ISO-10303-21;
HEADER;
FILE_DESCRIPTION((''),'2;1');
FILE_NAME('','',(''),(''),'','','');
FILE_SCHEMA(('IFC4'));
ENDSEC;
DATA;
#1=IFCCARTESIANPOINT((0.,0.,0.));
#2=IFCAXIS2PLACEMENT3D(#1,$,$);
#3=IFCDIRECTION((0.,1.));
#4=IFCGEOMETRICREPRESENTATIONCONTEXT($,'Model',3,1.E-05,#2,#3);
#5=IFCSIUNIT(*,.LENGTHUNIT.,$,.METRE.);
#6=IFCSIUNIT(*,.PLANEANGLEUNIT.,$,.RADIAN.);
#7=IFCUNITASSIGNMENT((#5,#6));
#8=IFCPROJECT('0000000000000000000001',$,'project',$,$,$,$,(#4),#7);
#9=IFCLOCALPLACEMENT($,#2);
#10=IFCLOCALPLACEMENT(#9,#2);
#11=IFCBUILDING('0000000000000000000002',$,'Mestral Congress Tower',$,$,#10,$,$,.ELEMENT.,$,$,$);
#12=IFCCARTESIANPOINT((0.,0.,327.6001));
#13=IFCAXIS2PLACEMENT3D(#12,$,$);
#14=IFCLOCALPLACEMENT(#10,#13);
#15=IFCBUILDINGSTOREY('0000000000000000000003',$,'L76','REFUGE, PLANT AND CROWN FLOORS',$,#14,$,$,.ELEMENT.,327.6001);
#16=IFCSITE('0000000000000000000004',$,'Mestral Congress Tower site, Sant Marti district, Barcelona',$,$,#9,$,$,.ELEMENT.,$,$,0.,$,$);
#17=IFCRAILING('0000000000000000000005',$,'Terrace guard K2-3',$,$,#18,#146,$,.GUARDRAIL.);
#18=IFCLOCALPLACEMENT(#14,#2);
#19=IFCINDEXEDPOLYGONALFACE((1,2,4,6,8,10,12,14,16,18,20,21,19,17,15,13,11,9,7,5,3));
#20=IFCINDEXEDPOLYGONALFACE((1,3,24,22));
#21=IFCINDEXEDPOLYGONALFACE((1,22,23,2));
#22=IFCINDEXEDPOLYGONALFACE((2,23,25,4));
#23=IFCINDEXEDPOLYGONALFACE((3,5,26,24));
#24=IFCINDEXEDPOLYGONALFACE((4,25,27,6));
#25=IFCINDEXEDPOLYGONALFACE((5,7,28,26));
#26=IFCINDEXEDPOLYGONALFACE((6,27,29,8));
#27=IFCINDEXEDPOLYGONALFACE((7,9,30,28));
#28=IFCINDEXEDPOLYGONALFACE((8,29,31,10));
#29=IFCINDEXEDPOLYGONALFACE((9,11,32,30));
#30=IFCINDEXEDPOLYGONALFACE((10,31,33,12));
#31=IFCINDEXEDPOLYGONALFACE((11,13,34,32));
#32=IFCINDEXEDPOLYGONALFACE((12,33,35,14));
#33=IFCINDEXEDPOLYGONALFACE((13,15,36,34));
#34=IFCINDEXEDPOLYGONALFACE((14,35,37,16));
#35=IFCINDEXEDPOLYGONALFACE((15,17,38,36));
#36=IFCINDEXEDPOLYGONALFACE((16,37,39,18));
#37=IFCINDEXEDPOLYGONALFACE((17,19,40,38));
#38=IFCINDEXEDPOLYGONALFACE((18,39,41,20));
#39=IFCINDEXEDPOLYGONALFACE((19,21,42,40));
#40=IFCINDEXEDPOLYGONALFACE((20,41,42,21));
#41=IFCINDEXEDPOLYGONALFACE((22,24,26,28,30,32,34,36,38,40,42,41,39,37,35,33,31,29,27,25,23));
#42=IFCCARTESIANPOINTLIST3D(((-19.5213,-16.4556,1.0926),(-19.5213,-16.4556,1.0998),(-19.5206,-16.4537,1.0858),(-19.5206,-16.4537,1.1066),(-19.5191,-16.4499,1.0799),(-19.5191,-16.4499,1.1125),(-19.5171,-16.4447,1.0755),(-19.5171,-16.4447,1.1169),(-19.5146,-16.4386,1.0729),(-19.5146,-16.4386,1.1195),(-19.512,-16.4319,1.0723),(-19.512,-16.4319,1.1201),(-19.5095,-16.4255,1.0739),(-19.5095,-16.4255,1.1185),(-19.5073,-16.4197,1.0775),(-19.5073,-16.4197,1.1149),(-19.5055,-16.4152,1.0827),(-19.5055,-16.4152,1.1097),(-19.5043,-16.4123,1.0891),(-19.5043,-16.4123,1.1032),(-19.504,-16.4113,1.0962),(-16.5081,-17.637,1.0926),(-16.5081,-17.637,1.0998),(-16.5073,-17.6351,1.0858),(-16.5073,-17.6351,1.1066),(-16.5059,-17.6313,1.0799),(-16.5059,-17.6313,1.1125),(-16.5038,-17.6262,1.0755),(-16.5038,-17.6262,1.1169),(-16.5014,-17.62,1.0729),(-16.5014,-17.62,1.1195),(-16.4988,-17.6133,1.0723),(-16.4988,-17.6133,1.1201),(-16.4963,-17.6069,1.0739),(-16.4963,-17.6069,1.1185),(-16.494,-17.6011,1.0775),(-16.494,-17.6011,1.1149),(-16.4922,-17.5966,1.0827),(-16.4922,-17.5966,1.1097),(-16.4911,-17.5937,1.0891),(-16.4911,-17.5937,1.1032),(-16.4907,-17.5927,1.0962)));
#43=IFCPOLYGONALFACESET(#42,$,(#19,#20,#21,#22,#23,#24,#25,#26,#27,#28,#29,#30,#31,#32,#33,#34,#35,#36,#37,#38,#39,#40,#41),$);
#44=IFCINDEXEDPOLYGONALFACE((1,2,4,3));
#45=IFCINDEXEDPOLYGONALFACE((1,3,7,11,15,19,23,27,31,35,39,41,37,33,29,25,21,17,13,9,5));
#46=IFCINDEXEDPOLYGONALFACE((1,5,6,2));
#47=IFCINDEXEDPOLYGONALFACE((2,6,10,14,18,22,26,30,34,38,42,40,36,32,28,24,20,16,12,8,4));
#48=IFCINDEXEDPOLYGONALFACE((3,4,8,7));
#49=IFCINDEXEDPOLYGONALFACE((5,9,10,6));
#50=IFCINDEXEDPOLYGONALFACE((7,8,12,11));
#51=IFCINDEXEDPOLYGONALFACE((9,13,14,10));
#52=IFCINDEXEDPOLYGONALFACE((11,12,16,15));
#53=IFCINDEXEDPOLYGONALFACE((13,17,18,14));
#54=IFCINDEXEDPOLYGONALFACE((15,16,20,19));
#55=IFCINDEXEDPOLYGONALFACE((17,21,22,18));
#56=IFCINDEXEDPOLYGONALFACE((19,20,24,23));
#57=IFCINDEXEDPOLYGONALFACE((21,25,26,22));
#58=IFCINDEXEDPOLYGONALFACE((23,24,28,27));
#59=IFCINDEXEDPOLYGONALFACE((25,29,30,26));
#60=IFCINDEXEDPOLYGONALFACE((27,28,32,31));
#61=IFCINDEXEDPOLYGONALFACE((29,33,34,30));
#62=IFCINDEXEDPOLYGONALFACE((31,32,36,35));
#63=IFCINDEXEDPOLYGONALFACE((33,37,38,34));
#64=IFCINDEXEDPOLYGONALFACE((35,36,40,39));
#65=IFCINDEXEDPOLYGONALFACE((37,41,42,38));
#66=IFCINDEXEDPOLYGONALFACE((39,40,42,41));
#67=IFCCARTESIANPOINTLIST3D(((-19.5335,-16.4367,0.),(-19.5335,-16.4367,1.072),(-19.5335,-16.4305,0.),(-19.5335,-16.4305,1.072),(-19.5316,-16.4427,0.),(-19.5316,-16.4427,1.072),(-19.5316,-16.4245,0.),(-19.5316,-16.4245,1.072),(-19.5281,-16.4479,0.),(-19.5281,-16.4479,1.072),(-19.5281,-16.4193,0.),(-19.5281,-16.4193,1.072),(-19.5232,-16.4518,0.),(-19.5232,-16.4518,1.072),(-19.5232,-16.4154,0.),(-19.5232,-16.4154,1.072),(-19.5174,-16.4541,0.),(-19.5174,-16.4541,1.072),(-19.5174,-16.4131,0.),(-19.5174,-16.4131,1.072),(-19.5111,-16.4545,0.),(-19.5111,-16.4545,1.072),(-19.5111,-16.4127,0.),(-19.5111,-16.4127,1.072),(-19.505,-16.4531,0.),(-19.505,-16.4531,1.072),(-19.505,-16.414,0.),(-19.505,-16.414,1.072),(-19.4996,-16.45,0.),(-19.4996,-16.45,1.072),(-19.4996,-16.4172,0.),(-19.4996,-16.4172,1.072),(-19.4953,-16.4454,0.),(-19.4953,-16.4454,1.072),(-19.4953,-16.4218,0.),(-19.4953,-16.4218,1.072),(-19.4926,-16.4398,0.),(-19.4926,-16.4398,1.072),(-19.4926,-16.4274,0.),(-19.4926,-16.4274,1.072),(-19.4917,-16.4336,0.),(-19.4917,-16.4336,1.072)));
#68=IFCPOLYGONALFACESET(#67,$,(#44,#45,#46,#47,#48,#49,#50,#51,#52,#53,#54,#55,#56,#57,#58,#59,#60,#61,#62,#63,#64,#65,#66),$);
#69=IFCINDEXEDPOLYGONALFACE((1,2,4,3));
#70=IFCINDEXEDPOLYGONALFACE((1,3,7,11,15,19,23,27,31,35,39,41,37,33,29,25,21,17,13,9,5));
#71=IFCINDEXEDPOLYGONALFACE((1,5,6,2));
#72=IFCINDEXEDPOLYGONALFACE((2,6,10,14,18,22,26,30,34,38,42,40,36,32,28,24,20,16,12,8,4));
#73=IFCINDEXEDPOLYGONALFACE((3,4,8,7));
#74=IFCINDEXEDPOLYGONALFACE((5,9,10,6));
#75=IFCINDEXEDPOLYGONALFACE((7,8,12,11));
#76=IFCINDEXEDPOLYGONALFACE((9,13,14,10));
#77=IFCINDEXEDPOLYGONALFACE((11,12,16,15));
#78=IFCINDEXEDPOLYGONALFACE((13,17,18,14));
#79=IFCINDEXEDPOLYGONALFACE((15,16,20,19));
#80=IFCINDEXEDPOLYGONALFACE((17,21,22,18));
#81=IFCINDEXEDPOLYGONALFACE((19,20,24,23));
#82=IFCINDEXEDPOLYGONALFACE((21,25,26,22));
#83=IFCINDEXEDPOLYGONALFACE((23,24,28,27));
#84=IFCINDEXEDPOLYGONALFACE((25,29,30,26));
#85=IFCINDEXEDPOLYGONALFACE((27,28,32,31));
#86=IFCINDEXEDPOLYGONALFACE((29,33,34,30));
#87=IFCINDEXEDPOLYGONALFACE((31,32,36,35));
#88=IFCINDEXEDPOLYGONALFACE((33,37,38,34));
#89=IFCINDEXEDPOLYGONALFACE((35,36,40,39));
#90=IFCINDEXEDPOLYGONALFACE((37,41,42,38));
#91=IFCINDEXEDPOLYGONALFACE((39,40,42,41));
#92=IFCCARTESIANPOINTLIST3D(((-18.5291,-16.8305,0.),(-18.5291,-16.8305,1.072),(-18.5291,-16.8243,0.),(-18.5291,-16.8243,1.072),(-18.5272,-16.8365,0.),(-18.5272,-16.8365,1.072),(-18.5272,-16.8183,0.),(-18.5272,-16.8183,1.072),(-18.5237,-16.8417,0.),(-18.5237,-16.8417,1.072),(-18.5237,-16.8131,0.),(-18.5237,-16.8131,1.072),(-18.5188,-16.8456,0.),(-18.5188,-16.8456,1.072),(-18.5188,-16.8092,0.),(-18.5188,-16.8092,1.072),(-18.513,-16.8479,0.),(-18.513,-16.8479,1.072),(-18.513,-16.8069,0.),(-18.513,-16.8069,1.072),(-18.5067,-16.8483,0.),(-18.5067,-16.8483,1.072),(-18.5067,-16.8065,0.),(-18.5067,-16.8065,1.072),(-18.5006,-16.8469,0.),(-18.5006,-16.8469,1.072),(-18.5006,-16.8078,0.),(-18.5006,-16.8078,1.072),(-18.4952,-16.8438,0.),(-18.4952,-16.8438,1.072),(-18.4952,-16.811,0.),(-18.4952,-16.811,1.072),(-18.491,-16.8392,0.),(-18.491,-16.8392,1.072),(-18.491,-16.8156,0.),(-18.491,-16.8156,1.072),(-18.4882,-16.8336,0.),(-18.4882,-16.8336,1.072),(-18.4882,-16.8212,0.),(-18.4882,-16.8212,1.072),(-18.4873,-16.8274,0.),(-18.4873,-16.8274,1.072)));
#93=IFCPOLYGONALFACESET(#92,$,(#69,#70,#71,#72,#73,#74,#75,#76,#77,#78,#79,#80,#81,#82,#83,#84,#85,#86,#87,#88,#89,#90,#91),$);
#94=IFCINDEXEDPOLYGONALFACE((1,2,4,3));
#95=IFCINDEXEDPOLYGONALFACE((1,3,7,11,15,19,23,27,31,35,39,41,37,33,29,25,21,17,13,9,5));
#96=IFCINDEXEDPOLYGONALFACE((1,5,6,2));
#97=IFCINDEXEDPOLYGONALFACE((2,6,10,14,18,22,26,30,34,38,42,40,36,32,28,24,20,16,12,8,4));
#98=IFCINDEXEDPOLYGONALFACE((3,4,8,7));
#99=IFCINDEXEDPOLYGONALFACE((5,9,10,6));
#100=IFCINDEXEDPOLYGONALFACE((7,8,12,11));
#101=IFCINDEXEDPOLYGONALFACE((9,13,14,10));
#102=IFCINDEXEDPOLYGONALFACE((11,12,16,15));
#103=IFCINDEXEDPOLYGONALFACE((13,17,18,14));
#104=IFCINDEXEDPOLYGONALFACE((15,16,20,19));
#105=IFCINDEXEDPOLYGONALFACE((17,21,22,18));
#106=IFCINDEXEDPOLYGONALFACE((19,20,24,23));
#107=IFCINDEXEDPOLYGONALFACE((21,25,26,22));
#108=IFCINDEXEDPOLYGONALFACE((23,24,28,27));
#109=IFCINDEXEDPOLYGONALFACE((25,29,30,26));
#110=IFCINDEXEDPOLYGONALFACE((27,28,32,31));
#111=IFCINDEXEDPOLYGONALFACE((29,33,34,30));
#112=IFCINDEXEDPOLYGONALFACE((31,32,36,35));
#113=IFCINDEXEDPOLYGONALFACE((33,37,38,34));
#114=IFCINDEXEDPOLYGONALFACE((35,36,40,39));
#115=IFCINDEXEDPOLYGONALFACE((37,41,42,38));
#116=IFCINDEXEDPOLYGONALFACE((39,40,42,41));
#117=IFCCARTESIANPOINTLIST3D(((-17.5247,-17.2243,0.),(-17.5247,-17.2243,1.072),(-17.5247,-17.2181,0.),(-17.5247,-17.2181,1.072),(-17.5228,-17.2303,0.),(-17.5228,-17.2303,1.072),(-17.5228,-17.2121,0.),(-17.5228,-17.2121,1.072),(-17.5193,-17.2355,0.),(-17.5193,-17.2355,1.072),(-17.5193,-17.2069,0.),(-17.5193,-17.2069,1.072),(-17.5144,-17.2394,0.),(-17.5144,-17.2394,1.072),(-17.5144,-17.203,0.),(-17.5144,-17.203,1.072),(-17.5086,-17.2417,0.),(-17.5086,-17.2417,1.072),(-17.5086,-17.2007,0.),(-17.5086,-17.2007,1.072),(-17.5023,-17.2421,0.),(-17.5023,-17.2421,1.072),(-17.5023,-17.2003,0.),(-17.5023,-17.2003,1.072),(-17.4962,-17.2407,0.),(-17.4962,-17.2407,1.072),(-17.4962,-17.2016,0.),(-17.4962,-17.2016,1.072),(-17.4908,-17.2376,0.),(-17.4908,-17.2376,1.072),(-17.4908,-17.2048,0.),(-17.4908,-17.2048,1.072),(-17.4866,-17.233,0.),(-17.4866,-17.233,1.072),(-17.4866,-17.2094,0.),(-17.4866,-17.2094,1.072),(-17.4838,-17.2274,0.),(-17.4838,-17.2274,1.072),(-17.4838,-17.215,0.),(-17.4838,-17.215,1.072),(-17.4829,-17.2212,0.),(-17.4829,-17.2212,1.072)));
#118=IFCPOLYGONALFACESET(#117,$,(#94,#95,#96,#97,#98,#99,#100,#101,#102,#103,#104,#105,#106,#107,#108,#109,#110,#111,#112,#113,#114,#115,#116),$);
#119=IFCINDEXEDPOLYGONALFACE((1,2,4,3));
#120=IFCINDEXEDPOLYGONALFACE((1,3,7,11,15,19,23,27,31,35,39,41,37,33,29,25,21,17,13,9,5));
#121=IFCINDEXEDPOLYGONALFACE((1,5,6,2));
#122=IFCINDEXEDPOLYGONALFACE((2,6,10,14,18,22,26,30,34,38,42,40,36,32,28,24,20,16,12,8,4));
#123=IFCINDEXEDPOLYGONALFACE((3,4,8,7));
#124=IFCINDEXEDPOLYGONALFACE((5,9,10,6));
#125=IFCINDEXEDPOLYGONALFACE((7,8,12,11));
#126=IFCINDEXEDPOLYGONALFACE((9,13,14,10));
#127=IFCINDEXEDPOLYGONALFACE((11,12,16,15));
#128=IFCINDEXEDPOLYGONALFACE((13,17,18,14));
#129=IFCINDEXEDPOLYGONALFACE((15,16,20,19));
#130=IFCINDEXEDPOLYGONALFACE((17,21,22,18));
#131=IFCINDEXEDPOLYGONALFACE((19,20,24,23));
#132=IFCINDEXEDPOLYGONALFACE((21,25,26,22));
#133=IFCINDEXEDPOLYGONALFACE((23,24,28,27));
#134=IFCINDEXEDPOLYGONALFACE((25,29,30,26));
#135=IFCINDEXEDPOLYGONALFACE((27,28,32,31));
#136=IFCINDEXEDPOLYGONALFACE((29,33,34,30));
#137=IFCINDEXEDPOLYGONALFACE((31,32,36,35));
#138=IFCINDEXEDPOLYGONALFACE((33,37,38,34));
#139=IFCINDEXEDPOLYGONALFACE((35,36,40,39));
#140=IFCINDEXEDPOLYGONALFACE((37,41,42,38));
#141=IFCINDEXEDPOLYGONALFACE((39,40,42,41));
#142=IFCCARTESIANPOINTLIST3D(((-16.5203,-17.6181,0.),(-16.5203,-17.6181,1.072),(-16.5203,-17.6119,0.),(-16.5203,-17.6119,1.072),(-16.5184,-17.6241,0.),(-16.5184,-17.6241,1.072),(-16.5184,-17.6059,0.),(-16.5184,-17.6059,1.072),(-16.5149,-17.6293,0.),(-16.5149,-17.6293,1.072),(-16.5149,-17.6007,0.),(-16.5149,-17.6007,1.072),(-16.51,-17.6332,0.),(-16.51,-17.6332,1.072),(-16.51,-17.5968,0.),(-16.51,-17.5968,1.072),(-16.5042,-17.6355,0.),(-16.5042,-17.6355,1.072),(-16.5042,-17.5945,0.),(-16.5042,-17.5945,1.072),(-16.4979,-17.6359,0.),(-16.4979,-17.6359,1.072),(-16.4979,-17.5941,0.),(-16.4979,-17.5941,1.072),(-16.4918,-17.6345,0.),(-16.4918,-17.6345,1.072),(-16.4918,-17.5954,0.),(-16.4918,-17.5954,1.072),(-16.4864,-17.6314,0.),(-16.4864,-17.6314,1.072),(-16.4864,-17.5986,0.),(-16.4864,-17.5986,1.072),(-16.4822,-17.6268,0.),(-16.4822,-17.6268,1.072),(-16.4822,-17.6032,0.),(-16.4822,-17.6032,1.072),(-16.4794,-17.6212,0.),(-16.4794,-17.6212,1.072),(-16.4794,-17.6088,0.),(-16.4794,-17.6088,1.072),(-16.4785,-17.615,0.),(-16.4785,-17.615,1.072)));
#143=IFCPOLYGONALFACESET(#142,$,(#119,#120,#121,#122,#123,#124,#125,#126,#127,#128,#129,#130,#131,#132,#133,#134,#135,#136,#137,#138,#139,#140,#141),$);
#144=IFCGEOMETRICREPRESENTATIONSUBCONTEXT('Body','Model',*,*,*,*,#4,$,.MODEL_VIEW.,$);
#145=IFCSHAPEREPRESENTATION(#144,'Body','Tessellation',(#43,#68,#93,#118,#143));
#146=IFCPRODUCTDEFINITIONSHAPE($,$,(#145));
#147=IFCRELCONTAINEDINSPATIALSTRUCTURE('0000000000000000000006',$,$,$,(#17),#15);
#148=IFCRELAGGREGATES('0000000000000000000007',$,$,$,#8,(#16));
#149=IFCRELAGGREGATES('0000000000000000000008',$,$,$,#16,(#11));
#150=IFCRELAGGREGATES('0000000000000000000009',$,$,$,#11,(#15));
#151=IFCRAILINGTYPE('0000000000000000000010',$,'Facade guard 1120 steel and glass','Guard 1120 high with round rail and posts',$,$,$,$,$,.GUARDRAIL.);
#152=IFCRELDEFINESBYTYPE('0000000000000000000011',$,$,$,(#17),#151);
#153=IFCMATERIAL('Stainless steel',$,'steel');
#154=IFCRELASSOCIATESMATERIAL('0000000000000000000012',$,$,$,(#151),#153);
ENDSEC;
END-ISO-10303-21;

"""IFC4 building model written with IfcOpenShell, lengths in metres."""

from ifc_helpers import new_model, si_unit, direction, frame, origin, origin_2d, place, context, subcontext, project, spatial, circle, extrude, material, type_object, element, save


model = new_model("IFC4")

# Units and contexts
model_context = context("Model", 3, precision=1e-05, world=origin(), true_north=direction((0.0, 1.0)))
body_context = subcontext(model_context, "Body", "Model", "MODEL_VIEW")
ifc_project = project(units=[si_unit("LENGTHUNIT", "METRE"), si_unit("PLANEANGLEUNIT", "RADIAN")], contexts=[model_context])

# Site, building, storey
site_placement = place(None, origin())
site = spatial("IfcSite", under=ifc_project, at=site_placement, Name="Mestral Congress Tower site, Sant Marti district, Barcelona", CompositionType="ELEMENT", RefElevation=0.0)
building_placement = place(site_placement, origin())
building = spatial("IfcBuilding", under=site, at=building_placement, Name="Mestral Congress Tower", CompositionType="ELEMENT")
storey_placement = place(building_placement, frame((0.0, 0.0, 327.6001)))
storey = spatial("IfcBuildingStorey", under=building, at=storey_placement, Name="L76", Description="REFUGE, PLANT AND CROWN FLOORS", CompositionType="ELEMENT", Elevation=327.6001)

# Railing
ifc_material_1 = material(Name="Stainless steel", Category="steel")
railing_type = type_object("IfcRailingType", Name="Facade guard 1120 steel and glass", Description="Guard 1120 high with round rail and posts", PredefinedType="GUARDRAIL", material=ifc_material_1)
railing_1_placement = place(storey_placement, frame((-19.5127, -16.4336, 0.0)))
element("IfcRailing", 1, at=railing_1_placement, inside=storey, type_object=railing_type, Name="Terrace guard K2-3", PredefinedType="GUARDRAIL", context=body_context, shape_type="SweptSolid", body=[
    extrude(circle(Radius=0.0239, at=origin_2d()), frame((0.0, 0.0, 1.0962), z_axis=(0.930999, -0.365022, 0.0), x_axis=(0.365022, 0.930999, 0.0)), (0.0, 0.0, 1.0), 3.2366),
    extrude(circle(Radius=0.021, at=origin_2d()), origin(), (0.0, 0.0, 1.0), 1.072),
    extrude(circle(Radius=0.021, at=origin_2d()), frame((1.0044, -0.3938, 0.0)), (0.0, 0.0, 1.0), 1.072),
    extrude(circle(Radius=0.021, at=origin_2d()), frame((2.0088, -0.7876, 0.0)), (0.0, 0.0, 1.0), 1.072),
    extrude(circle(Radius=0.021, at=origin_2d()), frame((3.0132, -1.1814, 0.0)), (0.0, 0.0, 1.0), 1.072),
])

save(model, "model.ifc")
